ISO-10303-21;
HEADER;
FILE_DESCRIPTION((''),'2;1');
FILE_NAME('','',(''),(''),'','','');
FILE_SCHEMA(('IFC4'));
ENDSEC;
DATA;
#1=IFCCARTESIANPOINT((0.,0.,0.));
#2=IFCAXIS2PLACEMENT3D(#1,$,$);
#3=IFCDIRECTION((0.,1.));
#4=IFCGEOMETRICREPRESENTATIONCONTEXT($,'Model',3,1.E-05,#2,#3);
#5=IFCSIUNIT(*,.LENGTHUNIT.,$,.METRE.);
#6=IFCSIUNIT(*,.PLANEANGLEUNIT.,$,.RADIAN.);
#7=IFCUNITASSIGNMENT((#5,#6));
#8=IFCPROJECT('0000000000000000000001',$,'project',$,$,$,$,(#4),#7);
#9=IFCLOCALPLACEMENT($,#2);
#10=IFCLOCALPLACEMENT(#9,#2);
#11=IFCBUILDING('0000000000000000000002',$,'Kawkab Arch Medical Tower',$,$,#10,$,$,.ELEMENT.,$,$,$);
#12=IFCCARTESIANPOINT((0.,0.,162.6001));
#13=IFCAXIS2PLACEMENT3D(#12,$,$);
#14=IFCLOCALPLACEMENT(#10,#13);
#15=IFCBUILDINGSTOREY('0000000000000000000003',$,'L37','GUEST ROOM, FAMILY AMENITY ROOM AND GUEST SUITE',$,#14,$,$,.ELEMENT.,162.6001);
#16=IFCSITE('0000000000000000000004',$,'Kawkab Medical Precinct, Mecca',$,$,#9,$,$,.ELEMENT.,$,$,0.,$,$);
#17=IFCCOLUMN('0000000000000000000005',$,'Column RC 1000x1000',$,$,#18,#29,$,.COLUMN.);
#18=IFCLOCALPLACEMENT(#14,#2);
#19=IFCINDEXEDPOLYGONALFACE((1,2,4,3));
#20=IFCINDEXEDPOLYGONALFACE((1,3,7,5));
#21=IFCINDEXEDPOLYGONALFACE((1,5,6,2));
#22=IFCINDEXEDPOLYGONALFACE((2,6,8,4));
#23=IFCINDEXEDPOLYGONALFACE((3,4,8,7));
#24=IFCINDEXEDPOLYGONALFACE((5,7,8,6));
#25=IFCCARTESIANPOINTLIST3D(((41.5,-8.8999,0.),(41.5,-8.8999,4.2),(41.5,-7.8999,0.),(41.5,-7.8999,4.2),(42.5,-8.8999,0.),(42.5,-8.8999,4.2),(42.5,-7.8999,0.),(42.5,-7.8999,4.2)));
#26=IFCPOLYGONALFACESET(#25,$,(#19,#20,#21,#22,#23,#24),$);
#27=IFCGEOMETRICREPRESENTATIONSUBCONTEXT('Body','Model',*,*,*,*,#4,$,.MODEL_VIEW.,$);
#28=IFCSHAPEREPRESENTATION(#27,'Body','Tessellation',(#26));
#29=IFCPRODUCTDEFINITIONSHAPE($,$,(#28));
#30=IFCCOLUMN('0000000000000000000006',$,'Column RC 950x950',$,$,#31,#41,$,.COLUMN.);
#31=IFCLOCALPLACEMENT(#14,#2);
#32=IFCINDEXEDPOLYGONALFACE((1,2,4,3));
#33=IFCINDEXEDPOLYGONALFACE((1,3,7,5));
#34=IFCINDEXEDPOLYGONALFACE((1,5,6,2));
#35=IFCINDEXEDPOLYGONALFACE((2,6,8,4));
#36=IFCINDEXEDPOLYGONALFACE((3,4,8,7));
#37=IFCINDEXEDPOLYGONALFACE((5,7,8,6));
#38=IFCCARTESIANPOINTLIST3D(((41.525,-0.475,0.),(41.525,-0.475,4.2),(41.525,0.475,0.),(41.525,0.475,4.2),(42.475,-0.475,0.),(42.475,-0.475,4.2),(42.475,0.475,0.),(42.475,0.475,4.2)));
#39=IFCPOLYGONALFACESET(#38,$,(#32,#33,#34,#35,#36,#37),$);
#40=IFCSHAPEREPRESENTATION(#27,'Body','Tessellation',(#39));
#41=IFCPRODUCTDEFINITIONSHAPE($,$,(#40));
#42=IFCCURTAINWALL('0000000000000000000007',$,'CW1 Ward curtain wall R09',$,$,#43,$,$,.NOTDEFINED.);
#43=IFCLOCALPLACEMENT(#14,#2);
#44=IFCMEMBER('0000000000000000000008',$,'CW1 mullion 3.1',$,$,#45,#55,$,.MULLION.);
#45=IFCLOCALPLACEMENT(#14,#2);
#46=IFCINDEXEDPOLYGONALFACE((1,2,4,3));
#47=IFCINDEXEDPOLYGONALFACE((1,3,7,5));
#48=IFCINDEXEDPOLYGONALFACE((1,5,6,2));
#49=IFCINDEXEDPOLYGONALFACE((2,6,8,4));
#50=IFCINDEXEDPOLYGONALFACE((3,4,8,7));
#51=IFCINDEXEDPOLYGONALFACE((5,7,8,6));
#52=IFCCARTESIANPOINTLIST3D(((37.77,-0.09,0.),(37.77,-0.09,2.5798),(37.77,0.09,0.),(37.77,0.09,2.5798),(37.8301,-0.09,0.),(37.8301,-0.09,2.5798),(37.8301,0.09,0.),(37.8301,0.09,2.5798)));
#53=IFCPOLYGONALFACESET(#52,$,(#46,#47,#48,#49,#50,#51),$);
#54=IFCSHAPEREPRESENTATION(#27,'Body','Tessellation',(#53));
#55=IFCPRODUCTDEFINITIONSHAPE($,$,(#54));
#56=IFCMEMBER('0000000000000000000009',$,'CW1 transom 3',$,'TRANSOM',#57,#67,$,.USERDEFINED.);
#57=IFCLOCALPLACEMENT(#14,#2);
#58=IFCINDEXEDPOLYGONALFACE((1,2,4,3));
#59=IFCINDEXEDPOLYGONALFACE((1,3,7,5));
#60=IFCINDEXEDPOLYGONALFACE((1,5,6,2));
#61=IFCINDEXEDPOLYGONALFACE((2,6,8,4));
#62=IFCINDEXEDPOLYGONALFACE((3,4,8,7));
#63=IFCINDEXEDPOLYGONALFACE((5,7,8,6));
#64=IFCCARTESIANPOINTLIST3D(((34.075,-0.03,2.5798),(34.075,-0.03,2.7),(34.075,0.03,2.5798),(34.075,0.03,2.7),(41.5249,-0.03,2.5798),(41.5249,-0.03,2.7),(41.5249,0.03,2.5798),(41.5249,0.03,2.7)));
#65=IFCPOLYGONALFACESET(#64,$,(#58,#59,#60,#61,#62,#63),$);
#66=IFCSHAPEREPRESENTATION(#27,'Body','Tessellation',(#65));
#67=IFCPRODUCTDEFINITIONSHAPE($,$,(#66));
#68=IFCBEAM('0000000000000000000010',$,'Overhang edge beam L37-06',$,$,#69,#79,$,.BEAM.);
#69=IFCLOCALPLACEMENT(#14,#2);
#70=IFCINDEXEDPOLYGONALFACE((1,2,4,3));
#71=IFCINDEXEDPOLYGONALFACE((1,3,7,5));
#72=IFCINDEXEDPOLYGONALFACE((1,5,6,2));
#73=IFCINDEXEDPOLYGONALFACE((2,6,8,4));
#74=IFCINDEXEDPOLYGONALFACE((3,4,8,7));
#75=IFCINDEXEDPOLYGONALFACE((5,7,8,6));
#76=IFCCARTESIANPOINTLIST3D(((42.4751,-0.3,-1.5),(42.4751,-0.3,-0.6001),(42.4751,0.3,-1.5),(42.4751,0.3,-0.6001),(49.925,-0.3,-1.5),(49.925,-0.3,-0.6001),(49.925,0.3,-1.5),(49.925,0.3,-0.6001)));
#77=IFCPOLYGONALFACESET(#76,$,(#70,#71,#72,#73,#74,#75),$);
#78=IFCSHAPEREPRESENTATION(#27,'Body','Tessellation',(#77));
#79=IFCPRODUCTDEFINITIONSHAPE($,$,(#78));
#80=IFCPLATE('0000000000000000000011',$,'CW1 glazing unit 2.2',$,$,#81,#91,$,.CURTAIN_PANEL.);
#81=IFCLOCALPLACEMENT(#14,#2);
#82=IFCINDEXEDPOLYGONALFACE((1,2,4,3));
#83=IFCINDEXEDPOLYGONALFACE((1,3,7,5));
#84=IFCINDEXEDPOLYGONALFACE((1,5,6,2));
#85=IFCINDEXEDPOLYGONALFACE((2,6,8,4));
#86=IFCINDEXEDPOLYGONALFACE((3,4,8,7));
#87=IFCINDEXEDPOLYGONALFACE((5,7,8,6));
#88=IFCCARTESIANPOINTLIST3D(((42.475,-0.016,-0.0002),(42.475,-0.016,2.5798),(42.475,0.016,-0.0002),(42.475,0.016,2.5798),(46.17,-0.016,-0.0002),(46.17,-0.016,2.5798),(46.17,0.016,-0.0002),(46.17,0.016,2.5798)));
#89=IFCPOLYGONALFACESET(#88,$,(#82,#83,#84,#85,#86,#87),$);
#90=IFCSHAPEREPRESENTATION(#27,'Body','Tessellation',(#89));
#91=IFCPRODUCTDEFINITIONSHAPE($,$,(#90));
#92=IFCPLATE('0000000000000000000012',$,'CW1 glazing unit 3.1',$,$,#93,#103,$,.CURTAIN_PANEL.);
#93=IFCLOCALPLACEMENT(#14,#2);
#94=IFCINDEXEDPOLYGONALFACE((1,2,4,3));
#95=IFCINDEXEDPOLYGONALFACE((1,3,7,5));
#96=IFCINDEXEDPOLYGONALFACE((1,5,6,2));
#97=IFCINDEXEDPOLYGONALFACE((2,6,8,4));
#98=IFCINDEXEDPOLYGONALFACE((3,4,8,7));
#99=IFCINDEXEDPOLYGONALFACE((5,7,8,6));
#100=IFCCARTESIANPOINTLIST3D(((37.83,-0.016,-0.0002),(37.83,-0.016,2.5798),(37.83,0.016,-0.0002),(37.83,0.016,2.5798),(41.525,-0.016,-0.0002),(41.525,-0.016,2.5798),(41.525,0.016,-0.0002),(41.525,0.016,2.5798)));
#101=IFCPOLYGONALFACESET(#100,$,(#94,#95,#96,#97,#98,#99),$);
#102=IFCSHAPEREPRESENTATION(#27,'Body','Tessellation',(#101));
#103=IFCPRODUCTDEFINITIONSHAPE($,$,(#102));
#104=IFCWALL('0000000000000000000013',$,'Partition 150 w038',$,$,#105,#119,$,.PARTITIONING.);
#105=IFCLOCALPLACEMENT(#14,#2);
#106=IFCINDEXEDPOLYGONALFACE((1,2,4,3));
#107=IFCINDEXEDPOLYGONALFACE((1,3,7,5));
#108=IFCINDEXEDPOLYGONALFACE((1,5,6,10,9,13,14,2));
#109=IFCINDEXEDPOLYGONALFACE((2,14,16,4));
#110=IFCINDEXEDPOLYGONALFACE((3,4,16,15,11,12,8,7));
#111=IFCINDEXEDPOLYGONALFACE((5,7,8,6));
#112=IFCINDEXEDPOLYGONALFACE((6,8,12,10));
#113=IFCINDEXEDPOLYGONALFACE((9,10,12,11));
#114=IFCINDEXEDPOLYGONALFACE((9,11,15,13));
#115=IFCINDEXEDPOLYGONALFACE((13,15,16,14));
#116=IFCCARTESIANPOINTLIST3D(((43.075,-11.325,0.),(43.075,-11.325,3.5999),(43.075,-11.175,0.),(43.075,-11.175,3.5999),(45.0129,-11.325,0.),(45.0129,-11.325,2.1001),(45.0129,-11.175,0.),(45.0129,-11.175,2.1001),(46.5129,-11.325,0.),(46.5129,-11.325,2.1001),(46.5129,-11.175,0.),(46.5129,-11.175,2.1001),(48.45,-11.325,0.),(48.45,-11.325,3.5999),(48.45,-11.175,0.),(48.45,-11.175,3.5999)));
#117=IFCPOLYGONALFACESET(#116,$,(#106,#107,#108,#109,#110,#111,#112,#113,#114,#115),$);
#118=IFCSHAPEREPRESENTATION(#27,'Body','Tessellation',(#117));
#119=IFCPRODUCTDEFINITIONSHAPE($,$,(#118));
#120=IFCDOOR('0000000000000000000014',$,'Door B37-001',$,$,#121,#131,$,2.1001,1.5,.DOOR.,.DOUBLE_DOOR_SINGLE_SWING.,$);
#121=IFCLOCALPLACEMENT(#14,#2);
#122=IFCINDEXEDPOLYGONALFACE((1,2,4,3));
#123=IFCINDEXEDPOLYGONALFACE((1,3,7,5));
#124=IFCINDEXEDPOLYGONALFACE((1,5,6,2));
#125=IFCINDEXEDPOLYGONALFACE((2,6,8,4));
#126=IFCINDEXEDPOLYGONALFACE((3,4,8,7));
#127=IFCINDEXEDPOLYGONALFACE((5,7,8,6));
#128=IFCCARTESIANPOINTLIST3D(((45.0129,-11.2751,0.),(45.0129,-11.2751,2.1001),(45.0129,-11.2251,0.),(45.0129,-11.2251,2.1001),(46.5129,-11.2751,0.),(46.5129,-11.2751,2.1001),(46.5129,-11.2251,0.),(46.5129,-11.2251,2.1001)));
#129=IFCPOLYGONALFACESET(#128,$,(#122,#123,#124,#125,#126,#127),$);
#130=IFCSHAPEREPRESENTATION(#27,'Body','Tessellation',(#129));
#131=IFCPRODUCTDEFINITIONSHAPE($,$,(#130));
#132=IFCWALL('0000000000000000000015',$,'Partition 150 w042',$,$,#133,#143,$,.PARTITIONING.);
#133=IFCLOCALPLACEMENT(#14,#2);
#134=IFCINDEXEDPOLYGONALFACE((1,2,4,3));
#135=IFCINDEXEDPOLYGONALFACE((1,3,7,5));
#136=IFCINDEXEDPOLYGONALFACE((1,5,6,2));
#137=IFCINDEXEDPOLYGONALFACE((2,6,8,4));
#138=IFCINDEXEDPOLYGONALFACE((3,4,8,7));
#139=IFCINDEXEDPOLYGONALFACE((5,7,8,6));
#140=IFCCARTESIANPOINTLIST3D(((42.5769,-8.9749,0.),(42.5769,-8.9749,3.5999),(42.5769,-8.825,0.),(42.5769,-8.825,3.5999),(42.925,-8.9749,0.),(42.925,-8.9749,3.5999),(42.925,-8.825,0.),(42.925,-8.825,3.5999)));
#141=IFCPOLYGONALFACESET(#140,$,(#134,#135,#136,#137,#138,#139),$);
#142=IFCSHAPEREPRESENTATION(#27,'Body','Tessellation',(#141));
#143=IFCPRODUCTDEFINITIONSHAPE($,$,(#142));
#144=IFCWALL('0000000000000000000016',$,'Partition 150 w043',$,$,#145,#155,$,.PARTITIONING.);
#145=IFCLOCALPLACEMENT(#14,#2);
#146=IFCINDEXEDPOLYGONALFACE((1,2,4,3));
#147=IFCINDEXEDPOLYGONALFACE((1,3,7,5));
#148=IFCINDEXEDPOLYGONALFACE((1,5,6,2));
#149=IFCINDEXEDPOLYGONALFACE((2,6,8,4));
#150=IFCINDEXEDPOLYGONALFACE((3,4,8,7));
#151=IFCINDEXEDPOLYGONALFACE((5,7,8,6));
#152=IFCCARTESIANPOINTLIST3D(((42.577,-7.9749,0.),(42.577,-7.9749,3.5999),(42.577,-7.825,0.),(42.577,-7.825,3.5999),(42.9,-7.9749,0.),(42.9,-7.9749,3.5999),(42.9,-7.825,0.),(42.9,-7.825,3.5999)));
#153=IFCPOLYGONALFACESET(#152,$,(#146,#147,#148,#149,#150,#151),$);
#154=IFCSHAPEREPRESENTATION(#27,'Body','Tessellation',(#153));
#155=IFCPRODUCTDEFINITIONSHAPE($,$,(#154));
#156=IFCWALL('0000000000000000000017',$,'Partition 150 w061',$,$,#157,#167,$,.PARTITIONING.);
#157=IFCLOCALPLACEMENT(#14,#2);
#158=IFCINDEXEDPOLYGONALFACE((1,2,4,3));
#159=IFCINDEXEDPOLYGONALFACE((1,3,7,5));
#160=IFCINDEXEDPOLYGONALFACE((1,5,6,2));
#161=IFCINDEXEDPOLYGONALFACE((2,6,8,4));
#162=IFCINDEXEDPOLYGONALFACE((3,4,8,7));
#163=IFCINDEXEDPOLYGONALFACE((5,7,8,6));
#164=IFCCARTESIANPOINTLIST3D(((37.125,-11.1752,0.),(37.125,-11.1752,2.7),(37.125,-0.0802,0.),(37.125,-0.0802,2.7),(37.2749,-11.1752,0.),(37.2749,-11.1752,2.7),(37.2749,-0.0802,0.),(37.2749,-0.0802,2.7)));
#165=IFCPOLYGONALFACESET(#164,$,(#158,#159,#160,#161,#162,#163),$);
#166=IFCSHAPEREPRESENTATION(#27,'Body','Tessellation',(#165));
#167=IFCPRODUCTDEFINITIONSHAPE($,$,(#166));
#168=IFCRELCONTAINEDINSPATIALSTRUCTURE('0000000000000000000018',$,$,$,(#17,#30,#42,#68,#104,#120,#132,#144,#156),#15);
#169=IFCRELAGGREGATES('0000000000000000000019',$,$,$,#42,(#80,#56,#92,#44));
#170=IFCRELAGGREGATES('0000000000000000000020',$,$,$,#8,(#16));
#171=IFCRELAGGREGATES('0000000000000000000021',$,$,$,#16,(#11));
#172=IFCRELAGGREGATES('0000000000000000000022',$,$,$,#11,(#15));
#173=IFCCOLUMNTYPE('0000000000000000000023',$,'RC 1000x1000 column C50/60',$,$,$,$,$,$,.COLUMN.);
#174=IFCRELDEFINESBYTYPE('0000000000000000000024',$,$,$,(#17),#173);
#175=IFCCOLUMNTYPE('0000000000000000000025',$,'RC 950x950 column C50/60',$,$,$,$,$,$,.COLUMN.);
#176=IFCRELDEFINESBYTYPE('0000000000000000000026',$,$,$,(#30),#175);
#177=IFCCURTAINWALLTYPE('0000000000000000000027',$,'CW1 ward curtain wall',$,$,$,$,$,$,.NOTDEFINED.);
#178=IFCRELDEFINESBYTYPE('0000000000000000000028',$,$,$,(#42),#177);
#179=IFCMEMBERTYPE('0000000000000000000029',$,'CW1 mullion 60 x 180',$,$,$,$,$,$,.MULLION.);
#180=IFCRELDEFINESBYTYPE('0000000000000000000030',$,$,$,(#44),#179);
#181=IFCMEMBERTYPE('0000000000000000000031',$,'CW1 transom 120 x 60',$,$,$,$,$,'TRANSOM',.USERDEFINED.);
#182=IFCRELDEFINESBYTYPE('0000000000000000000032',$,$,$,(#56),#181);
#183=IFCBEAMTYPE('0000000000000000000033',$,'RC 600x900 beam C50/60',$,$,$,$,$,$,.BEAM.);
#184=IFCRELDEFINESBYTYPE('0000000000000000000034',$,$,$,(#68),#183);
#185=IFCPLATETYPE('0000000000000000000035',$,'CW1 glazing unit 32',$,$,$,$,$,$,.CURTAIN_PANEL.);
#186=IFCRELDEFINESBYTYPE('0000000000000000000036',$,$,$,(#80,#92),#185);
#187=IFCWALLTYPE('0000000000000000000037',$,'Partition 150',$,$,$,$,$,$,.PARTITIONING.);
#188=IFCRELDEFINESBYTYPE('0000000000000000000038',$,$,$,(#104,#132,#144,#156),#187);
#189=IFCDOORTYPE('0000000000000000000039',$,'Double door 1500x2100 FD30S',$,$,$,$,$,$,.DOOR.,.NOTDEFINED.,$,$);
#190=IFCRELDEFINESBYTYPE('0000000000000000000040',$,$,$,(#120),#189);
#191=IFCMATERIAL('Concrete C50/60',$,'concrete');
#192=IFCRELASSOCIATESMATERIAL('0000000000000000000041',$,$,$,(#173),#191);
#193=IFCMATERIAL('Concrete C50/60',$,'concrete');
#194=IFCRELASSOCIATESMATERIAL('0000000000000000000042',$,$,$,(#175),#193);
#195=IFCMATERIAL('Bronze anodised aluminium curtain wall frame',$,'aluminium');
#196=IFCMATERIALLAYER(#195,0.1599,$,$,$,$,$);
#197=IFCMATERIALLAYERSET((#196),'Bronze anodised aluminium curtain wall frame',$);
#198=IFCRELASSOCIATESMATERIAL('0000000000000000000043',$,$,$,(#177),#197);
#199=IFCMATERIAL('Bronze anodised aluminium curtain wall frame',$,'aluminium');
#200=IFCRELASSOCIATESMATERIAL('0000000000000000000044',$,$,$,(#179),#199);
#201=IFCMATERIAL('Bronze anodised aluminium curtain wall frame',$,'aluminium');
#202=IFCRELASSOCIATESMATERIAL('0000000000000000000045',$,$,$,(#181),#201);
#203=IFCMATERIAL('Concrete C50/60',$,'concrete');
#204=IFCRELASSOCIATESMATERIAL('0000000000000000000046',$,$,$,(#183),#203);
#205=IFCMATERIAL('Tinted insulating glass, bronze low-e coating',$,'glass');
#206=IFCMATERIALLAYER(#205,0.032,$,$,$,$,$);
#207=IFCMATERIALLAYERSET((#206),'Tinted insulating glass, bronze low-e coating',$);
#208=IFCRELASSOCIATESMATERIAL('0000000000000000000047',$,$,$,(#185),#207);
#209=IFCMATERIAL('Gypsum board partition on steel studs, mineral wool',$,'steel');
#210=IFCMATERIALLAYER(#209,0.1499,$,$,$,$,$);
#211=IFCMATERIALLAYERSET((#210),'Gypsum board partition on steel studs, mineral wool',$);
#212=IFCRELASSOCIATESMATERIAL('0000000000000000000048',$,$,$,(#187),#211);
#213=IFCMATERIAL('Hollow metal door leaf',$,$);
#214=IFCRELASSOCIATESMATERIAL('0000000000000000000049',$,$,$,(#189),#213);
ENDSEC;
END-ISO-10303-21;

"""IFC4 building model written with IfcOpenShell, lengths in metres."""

from ifc_helpers import new_model, si_unit, direction, frame, frame_2d, origin, origin_2d, place, context, subcontext, project, spatial, rectangle, extrude, material, layer, layer_set, material_profile, profile_set, type_object, element, fill, aggregate, save


model = new_model("IFC4")

# Units and contexts
model_context = context("Model", 3, precision=1e-05, world=origin(), true_north=direction((0.0, 1.0)))
body_context = subcontext(model_context, "Body", "Model", "MODEL_VIEW")
ifc_project = project(units=[si_unit("LENGTHUNIT", "METRE"), si_unit("PLANEANGLEUNIT", "RADIAN")], contexts=[model_context])

# Site, building, storey
site_placement = place(None, origin())
site = spatial("IfcSite", under=ifc_project, at=site_placement, Name="Kawkab Medical Precinct, Mecca", CompositionType="ELEMENT", RefElevation=0.0)
building_placement = place(site_placement, origin())
building = spatial("IfcBuilding", under=site, at=building_placement, Name="Kawkab Arch Medical Tower", CompositionType="ELEMENT")
storey_placement = place(building_placement, frame((0.0, 0.0, 162.6001)))
storey = spatial("IfcBuildingStorey", under=building, at=storey_placement, Name="L37", Description="GUEST ROOM, FAMILY AMENITY ROOM AND GUEST SUITE", CompositionType="ELEMENT", Elevation=162.6001)

# Columns
ifc_material_1 = material(Name="Concrete C50/60", Category="concrete")
ifc_material_profile_1 = material_profile(ifc_material_1, rectangle(XDim=1.0, YDim=1.0, at=origin_2d()), Name="RC 1000x1000")
ifc_profile_set_1 = profile_set([ifc_material_profile_1], Name="Concrete C50/60")
column_type_1 = type_object("IfcColumnType", Name="RC 1000x1000 column C50/60", PredefinedType="COLUMN", material=ifc_profile_set_1)
column_1_placement = place(storey_placement, frame((42.0, -8.3999, 0.0), z_axis=(0.0, 0.0, 1.0), x_axis=(1.0, 0.0, 0.0)))
element("IfcColumn", 1, at=column_1_placement, inside=storey, type_object=column_type_1, Name="Column RC 1000x1000", PredefinedType="COLUMN", context=body_context, shape_type="SweptSolid", body=[
    extrude(rectangle(XDim=1.0, YDim=1.0, at=origin_2d()), origin(), (0.0, 0.0, 1.0), 4.2),
])
ifc_material_2 = material(Name="Concrete C50/60", Category="concrete")
ifc_material_profile_2 = material_profile(ifc_material_2, rectangle(XDim=0.95, YDim=0.95, at=origin_2d()), Name="RC 950x950")
ifc_profile_set_2 = profile_set([ifc_material_profile_2], Name="Concrete C50/60")
column_type_2 = type_object("IfcColumnType", Name="RC 950x950 column C50/60", PredefinedType="COLUMN", material=ifc_profile_set_2)
column_2_placement = place(storey_placement, frame((42.0, 0.0, 0.0), z_axis=(0.0, 0.0, 1.0), x_axis=(1.0, 0.0, 0.0)))
element("IfcColumn", 2, at=column_2_placement, inside=storey, type_object=column_type_2, Name="Column RC 950x950", PredefinedType="COLUMN", context=body_context, shape_type="SweptSolid", body=[
    extrude(rectangle(XDim=0.95, YDim=0.95, at=origin_2d()), origin(), (0.0, 0.0, 1.0), 4.2),
])

# Curtain wall, members
ifc_material_3 = material(Name="Bronze anodised aluminium curtain wall frame", Category="aluminium")
ifc_layer_1 = layer(ifc_material_3, 0.1599)
ifc_layer_set_1 = layer_set([ifc_layer_1], Name="Bronze anodised aluminium curtain wall frame")
curtain_wall_type = type_object("IfcCurtainWallType", Name="CW1 ward curtain wall", PredefinedType="NOTDEFINED", material=ifc_layer_set_1)
placement = place(storey_placement, origin())
curtain_wall = element("IfcCurtainWall", 3, at=placement, inside=storey, type_object=curtain_wall_type, Name="CW1 Ward curtain wall R09", PredefinedType="NOTDEFINED")
ifc_material_4 = material(Name="Bronze anodised aluminium curtain wall frame", Category="aluminium")
ifc_material_profile_3 = material_profile(ifc_material_4, rectangle(XDim=0.1799, YDim=0.0601, at=origin_2d()), Name="AL 60x180")
ifc_profile_set_3 = profile_set([ifc_material_profile_3], Name="Bronze anodised aluminium curtain wall frame")
member_type_1 = type_object("IfcMemberType", Name="CW1 mullion 60 x 180", PredefinedType="MULLION", material=ifc_profile_set_3)
member_1_placement = place(storey_placement, frame((37.8, 0.0, 0.0), z_axis=(0.0, 0.0, 1.0), x_axis=(0.0, -1.0, 0.0)))
member_1 = element("IfcMember", 4, at=member_1_placement, type_object=member_type_1, Name="CW1 mullion 3.1", PredefinedType="MULLION", context=body_context, shape_type="SweptSolid", body=[
    extrude(rectangle(XDim=0.1799, YDim=0.0601, at=origin_2d()), origin(), (0.0, 0.0, 1.0), 2.5798),
])
ifc_material_5 = material(Name="Bronze anodised aluminium curtain wall frame", Category="aluminium")
ifc_material_profile_4 = material_profile(ifc_material_5, rectangle(XDim=0.0601, YDim=0.1201, at=origin_2d()), Name="AL 60x120")
ifc_profile_set_4 = profile_set([ifc_material_profile_4], Name="Bronze anodised aluminium curtain wall frame")
member_type_2 = type_object("IfcMemberType", Name="CW1 transom 120 x 60", ElementType="TRANSOM", PredefinedType="USERDEFINED", material=ifc_profile_set_4)
member_2_placement = place(storey_placement, frame((41.5249, 0.0, 2.6399), z_axis=(-1.0, 0.0, 0.0), x_axis=(0.0, -1.0, 0.0)))
member_2 = element("IfcMember", 5, at=member_2_placement, type_object=member_type_2, Name="CW1 transom 3", ObjectType="TRANSOM", PredefinedType="USERDEFINED", context=body_context, shape_type="SweptSolid", body=[
    extrude(rectangle(XDim=0.0601, YDim=0.1201, at=origin_2d()), origin(), (0.0, 0.0, 1.0), 7.45),
])

# Beam
ifc_material_6 = material(Name="Concrete C50/60", Category="concrete")
ifc_material_profile_5 = material_profile(ifc_material_6, rectangle(XDim=0.6001, YDim=0.8999, at=origin_2d()), Name="RC 600x900")
ifc_profile_set_5 = profile_set([ifc_material_profile_5], Name="Concrete C50/60")
beam_type = type_object("IfcBeamType", Name="RC 600x900 beam C50/60", PredefinedType="BEAM", material=ifc_profile_set_5)
beam_placement = place(storey_placement, frame((42.4751, 0.0, -1.05), z_axis=(1.0, 0.0, 0.0), x_axis=(0.0, 1.0, 0.0)))
element("IfcBeam", 6, at=beam_placement, inside=storey, type_object=beam_type, Name="Overhang edge beam L37-06", PredefinedType="BEAM", context=body_context, shape_type="SweptSolid", body=[
    extrude(rectangle(XDim=0.6001, YDim=0.8999, at=origin_2d()), origin(), (0.0, 0.0, 1.0), 7.45),
])

# Plates
ifc_material_7 = material(Name="Tinted insulating glass, bronze low-e coating", Category="glass")
ifc_layer_2 = layer(ifc_material_7, 0.032)
ifc_layer_set_2 = layer_set([ifc_layer_2], Name="Tinted insulating glass, bronze low-e coating")
plate_type = type_object("IfcPlateType", Name="CW1 glazing unit 32", PredefinedType="CURTAIN_PANEL", material=ifc_layer_set_2)
plate_1_placement = place(storey_placement, frame((44.3225, 0.0, -0.0002), z_axis=(0.0, 0.0, 1.0), x_axis=(-1.0, 0.0, 0.0)))
plate_1 = element("IfcPlate", 7, at=plate_1_placement, type_object=plate_type, Name="CW1 glazing unit 2.2", PredefinedType="CURTAIN_PANEL", context=body_context, shape_type="SweptSolid", body=[
    extrude(rectangle(XDim=3.6951, YDim=0.032, at=origin_2d()), origin(), (0.0, 0.0, 1.0), 2.5801),
])
plate_2_placement = place(storey_placement, frame((39.6775, 0.0, -0.0002), z_axis=(0.0, 0.0, 1.0), x_axis=(-1.0, 0.0, 0.0)))
plate_2 = element("IfcPlate", 8, at=plate_2_placement, type_object=plate_type, Name="CW1 glazing unit 3.1", PredefinedType="CURTAIN_PANEL", context=body_context, shape_type="SweptSolid", body=[
    extrude(rectangle(XDim=3.6951, YDim=0.032, at=origin_2d()), origin(), (0.0, 0.0, 1.0), 2.5801),
])
aggregate(curtain_wall, [plate_1, member_2, plate_2, member_1])

# Wall, opening, door
ifc_material_8 = material(Name="Gypsum board partition on steel studs, mineral wool", Category="steel")
ifc_layer_3 = layer(ifc_material_8, 0.1499)
ifc_layer_set_3 = layer_set([ifc_layer_3], Name="Gypsum board partition on steel studs, mineral wool")
wall_type_1 = type_object("IfcWallType", Name="Partition 150", PredefinedType="PARTITIONING", material=ifc_layer_set_3)
wall_1_placement = place(storey_placement, frame((43.075, -11.25, 0.0), z_axis=(0.0, 0.0, 1.0), x_axis=(1.0, 0.0, 0.0)))
wall_1 = element("IfcWall", 9, at=wall_1_placement, inside=storey, type_object=wall_type_1, Name="Partition 150 w038", PredefinedType="PARTITIONING", context=body_context, shape_type="SweptSolid", body=[
    extrude(rectangle(XDim=5.375, YDim=0.1499, at=frame_2d((2.6875, 0.0))), origin(), (0.0, 0.0, 1.0), 3.5999),
])
opening_1_placement = place(wall_1_placement, frame((1.938, 0.0, 0.0)))
opening_1 = element("IfcOpeningElement", 10, at=opening_1_placement, cuts=wall_1, PredefinedType="OPENING", context=body_context, shape_type="SweptSolid", body=[
    extrude(rectangle(XDim=1.5, YDim=2.1001, at=frame_2d((0.75, 1.05))), frame((0.0, 0.085, 0.0), z_axis=(0.0, -1.0, 0.0), x_axis=(1.0, 0.0, 0.0)), (0.0, 0.0, 1.0), 0.1699),
])
ifc_material_9 = material(Name="Hollow metal door leaf")
door_type_1 = type_object("IfcDoorType", Name="Double door 1500x2100 FD30S", OperationType="NOTDEFINED", PredefinedType="DOOR", material=ifc_material_9)
door_1_placement = place(opening_1_placement, origin())
door_1 = element("IfcDoor", 11, at=door_1_placement, inside=storey, type_object=door_type_1, Name="Door B37-001", OperationType="DOUBLE_DOOR_SINGLE_SWING", OverallHeight=2.1001, OverallWidth=1.5, PredefinedType="DOOR", context=body_context, shape_type="SweptSolid", body=[
    extrude(rectangle(XDim=1.5, YDim=2.1001, at=frame_2d((0.75, 1.05))), frame((0.0, 0.0249, 0.0), z_axis=(0.0, -1.0, 0.0), x_axis=(1.0, 0.0, 0.0)), (0.0, 0.0, 1.0), 0.05),
])
fill(opening_1, door_1)

# Walls
wall_2_placement = place(storey_placement, frame((42.5769, -8.8999, 0.0), z_axis=(0.0, 0.0, 1.0), x_axis=(1.0, 0.0, 0.0)))
element("IfcWall", 12, at=wall_2_placement, inside=storey, type_object=wall_type_1, Name="Partition 150 w042", PredefinedType="PARTITIONING", context=body_context, shape_type="SweptSolid", body=[
    extrude(rectangle(XDim=0.3481, YDim=0.1499, at=frame_2d((0.1741, 0.0))), origin(), (0.0, 0.0, 1.0), 3.5999),
])
wall_3_placement = place(storey_placement, frame((42.5769, -7.8999, 0.0), z_axis=(0.0, 0.0, 1.0), x_axis=(1.0, 0.0, 0.0)))
element("IfcWall", 13, at=wall_3_placement, inside=storey, type_object=wall_type_1, Name="Partition 150 w043", PredefinedType="PARTITIONING", context=body_context, shape_type="SweptSolid", body=[
    extrude(rectangle(XDim=0.323, YDim=0.1499, at=frame_2d((0.1616, 0.0))), origin(), (0.0, 0.0, 1.0), 3.5999),
])
wall_4_placement = place(storey_placement, frame((37.2, -11.175, 0.0), z_axis=(0.0, 0.0, 1.0), x_axis=(0.0, 1.0, 0.0)))
element("IfcWall", 14, at=wall_4_placement, inside=storey, type_object=wall_type_1, Name="Partition 150 w061", PredefinedType="PARTITIONING", context=body_context, shape_type="SweptSolid", body=[
    extrude(rectangle(XDim=11.095, YDim=0.1499, at=frame_2d((5.5474, 0.0))), origin(), (0.0, 0.0, 1.0), 2.7),
])

save(model, "model.ifc")
